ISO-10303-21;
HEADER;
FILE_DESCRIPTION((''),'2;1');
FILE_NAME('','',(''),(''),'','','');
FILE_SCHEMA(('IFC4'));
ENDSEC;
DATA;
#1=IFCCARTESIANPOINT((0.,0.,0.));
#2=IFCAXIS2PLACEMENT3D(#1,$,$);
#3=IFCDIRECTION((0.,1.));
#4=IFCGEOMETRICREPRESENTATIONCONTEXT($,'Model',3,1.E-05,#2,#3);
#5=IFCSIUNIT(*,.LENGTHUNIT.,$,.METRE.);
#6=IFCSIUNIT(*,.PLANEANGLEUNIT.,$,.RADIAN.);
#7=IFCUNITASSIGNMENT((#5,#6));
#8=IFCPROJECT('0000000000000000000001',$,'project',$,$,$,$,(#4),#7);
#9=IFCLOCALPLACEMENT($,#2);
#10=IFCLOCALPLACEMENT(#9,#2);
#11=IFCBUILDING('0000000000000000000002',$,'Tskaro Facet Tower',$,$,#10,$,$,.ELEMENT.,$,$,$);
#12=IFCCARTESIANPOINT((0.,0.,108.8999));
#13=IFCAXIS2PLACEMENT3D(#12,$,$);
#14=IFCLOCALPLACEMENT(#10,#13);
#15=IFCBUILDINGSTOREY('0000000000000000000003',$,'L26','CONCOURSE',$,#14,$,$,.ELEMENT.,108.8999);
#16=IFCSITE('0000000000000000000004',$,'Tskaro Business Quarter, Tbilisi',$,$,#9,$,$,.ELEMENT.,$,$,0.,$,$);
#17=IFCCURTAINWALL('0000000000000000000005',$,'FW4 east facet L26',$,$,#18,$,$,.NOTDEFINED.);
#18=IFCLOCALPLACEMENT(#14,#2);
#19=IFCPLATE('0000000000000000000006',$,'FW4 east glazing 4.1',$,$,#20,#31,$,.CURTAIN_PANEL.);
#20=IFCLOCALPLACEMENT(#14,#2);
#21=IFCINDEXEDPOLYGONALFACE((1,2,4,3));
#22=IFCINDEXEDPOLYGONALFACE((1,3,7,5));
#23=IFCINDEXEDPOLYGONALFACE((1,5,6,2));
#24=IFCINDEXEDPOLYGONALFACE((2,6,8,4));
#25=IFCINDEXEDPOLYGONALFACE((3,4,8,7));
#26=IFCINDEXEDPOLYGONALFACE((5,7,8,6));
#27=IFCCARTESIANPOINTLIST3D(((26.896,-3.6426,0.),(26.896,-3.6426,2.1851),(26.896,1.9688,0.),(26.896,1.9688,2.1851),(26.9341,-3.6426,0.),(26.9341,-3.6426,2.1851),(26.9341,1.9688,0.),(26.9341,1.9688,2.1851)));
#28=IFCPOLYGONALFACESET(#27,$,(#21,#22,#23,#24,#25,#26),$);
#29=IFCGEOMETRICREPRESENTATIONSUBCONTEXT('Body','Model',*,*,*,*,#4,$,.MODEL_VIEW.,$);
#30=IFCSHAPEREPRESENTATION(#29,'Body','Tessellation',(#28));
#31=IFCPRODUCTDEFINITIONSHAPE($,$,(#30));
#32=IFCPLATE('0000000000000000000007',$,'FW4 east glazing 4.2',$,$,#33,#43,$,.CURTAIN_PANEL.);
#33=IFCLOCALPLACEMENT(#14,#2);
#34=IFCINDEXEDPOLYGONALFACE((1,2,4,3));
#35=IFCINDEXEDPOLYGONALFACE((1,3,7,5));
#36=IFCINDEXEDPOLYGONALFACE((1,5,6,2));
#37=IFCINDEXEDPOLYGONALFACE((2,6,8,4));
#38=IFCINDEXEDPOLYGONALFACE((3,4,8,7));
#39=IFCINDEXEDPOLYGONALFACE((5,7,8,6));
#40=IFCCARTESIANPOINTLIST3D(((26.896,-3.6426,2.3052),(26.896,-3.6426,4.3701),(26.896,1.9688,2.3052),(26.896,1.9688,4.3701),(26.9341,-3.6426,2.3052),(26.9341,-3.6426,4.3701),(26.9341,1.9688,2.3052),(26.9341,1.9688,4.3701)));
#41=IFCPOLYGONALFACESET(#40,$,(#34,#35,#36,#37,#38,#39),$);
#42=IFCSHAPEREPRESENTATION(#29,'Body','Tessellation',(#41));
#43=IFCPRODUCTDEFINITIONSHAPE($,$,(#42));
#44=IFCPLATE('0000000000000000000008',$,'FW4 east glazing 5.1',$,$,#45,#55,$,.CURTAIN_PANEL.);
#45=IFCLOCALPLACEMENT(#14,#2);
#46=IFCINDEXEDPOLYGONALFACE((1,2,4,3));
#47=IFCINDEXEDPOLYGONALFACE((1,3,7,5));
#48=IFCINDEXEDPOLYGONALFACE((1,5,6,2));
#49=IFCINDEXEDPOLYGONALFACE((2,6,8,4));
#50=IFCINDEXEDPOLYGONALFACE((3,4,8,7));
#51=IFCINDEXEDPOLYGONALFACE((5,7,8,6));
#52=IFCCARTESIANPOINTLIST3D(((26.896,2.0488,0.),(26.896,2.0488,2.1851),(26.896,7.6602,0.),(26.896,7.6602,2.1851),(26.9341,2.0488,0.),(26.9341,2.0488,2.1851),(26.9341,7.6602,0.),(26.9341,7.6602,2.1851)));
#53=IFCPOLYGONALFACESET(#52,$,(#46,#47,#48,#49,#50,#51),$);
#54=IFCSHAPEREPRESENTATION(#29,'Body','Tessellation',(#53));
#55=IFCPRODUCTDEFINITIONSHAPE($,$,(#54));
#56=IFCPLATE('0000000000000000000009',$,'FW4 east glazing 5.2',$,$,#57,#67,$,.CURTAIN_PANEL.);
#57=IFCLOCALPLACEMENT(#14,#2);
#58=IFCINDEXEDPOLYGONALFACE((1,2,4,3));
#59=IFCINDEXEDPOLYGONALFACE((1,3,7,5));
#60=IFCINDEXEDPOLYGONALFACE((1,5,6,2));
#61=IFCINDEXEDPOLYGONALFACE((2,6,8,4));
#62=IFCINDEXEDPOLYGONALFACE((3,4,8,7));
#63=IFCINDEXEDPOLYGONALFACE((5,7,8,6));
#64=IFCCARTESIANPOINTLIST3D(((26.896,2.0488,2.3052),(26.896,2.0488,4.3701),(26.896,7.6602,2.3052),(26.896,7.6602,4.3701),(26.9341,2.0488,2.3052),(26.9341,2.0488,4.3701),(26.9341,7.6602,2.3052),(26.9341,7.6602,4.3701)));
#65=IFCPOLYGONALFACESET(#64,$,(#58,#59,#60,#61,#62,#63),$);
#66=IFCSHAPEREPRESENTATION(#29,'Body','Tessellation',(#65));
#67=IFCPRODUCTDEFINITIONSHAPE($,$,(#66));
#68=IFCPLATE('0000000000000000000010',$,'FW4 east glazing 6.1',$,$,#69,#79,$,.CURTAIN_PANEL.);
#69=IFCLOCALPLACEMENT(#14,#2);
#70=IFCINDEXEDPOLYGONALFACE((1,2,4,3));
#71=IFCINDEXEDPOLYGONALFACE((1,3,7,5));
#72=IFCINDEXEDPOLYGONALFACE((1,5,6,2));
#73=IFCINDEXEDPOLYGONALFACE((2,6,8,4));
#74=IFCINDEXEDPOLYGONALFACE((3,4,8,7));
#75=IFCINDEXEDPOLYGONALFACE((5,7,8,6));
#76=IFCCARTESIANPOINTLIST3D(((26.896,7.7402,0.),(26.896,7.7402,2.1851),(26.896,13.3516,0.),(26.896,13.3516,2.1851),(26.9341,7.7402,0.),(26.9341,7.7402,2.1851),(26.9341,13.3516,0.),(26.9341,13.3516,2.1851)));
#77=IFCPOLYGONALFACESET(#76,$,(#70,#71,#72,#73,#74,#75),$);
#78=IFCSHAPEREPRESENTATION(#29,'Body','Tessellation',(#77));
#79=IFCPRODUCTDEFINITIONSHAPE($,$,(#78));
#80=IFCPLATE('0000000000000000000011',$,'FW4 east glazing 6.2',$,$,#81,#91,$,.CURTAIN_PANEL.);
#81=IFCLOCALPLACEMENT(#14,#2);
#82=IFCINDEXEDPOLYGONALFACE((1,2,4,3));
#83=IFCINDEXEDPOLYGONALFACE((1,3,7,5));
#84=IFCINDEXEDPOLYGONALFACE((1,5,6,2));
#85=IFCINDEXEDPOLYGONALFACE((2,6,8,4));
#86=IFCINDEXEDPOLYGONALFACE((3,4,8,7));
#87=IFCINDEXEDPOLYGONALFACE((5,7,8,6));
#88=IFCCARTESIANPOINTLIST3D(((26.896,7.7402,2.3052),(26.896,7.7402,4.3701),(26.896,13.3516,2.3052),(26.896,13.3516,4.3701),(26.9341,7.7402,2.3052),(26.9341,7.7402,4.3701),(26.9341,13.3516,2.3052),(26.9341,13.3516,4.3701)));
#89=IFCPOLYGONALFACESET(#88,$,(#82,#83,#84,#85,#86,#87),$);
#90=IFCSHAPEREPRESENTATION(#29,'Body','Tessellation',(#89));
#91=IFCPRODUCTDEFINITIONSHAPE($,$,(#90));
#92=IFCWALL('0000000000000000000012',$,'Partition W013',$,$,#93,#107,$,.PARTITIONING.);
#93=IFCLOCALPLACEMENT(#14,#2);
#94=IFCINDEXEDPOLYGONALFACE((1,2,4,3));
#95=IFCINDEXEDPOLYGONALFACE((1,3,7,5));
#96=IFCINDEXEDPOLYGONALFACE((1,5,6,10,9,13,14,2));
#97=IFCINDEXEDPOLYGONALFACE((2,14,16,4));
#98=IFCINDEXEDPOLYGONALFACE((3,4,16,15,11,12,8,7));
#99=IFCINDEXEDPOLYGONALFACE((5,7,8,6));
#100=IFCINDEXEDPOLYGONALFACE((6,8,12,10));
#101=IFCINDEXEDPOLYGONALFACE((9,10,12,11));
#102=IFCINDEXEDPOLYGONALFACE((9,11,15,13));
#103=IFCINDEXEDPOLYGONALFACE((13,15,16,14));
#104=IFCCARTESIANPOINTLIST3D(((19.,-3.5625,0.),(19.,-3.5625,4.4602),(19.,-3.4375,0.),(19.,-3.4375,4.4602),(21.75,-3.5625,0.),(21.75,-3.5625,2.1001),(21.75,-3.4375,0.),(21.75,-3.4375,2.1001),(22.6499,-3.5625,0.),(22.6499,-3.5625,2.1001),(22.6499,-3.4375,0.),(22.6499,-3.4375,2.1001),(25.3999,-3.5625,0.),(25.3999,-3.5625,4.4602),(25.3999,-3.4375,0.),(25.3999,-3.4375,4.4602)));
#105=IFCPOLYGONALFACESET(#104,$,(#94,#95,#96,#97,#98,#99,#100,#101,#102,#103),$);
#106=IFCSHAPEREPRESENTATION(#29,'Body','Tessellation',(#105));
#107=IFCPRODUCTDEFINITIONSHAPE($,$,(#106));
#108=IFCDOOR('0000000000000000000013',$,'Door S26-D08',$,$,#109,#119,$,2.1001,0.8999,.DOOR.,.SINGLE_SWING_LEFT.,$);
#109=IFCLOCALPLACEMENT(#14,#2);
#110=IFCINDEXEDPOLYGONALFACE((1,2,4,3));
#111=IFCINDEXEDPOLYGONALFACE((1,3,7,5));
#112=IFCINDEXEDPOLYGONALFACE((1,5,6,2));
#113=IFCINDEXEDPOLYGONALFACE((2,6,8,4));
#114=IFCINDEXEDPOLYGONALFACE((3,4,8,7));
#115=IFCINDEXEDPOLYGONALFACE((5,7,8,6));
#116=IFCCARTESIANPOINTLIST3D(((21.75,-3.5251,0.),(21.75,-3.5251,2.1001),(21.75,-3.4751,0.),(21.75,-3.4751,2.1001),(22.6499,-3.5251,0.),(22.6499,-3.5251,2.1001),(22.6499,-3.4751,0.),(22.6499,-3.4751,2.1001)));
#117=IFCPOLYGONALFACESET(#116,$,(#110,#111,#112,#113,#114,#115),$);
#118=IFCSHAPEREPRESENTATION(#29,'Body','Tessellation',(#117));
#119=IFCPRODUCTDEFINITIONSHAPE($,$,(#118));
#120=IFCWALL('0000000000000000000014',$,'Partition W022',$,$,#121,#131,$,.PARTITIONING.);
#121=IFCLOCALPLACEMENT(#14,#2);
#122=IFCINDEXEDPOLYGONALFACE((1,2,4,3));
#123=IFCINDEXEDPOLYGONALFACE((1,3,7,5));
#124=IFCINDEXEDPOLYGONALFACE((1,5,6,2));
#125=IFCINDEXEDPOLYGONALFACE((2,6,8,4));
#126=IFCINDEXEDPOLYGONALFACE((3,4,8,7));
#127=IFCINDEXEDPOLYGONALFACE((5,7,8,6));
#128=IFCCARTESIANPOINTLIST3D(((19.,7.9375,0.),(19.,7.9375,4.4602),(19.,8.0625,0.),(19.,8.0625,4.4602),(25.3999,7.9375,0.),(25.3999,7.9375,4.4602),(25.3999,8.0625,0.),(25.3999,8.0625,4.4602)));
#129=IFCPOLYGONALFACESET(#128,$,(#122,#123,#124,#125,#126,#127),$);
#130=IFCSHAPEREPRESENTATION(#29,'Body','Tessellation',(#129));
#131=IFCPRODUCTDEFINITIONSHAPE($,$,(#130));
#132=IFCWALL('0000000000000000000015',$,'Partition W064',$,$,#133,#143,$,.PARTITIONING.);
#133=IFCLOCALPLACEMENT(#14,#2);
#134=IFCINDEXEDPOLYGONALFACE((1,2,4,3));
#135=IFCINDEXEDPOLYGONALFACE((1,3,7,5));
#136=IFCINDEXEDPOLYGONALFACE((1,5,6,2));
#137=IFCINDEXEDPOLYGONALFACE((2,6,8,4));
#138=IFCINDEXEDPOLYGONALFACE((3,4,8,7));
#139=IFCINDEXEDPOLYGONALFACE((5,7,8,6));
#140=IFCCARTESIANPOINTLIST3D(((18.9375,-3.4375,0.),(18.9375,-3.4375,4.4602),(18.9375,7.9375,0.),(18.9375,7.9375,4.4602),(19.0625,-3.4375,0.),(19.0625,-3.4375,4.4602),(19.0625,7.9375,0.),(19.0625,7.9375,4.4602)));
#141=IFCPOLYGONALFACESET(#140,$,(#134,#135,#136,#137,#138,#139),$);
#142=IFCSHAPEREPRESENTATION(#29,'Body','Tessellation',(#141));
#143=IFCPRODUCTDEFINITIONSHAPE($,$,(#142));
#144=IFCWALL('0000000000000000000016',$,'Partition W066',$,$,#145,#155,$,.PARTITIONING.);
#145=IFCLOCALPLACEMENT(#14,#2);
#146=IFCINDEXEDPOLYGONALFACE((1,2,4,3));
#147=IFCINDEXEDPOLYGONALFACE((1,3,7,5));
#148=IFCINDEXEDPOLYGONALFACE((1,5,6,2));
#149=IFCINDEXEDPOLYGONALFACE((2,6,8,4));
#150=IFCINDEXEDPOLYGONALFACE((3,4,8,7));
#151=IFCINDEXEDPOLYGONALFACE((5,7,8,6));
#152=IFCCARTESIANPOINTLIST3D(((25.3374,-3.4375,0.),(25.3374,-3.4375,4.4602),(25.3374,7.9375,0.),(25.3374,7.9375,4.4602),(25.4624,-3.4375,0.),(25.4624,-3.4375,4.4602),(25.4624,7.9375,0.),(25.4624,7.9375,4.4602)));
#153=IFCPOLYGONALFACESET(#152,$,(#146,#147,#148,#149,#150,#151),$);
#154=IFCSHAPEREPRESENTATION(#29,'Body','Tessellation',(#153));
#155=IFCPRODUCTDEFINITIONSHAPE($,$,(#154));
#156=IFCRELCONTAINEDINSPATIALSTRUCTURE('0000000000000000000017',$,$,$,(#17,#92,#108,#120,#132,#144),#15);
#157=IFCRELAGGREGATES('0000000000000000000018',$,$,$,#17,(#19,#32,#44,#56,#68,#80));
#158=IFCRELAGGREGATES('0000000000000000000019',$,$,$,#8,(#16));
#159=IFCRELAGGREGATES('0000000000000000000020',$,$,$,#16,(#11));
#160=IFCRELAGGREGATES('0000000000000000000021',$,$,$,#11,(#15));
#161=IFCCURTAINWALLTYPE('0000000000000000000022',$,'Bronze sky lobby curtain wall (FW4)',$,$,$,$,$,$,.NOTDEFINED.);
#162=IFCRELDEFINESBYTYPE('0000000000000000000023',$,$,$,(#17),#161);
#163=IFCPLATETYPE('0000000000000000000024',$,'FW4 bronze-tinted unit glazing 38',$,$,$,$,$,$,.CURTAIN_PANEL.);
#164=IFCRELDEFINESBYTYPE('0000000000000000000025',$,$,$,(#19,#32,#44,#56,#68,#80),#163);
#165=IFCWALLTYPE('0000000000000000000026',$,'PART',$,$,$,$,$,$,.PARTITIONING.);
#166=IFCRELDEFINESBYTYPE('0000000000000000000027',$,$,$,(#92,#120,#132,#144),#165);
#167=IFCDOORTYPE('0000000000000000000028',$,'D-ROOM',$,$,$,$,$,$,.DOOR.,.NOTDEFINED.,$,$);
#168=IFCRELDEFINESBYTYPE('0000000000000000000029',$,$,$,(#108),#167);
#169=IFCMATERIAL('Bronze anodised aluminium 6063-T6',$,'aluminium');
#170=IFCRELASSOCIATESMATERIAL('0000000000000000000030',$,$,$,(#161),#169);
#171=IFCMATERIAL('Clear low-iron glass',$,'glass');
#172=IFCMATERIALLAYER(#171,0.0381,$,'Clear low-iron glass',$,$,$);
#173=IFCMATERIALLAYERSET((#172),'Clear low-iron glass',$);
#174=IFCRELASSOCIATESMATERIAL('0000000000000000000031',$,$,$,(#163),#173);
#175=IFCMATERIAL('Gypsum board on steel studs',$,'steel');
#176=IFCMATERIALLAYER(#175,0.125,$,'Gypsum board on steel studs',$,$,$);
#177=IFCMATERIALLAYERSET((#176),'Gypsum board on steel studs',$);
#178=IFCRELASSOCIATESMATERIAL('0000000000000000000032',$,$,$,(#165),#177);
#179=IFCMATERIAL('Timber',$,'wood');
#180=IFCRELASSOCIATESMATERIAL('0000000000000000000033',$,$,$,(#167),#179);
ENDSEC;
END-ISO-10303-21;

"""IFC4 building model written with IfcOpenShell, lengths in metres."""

from ifc_helpers import new_model, si_unit, direction, frame, frame_2d, origin, origin_2d, place, context, subcontext, project, spatial, rectangle, extrude, material, layer, layer_set, type_object, element, fill, aggregate, save


model = new_model("IFC4")

# Units and contexts
model_context = context("Model", 3, precision=1e-05, world=origin(), true_north=direction((0.0, 1.0)))
body_context = subcontext(model_context, "Body", "Model", "MODEL_VIEW")
ifc_project = project(units=[si_unit("LENGTHUNIT", "METRE"), si_unit("PLANEANGLEUNIT", "RADIAN")], contexts=[model_context])

# Site, building, storey
site_placement = place(None, origin())
site = spatial("IfcSite", under=ifc_project, at=site_placement, Name="Tskaro Business Quarter, Tbilisi", CompositionType="ELEMENT", RefElevation=0.0)
building_placement = place(site_placement, origin())
building = spatial("IfcBuilding", under=site, at=building_placement, Name="Tskaro Facet Tower", CompositionType="ELEMENT")
storey_placement = place(building_placement, frame((0.0, 0.0, 108.8999)))
storey = spatial("IfcBuildingStorey", under=building, at=storey_placement, Name="L26", Description="CONCOURSE", CompositionType="ELEMENT", Elevation=108.8999)

# Curtain wall
ifc_material_1 = material(Name="Bronze anodised aluminium 6063-T6", Category="aluminium")
curtain_wall_type = type_object("IfcCurtainWallType", Name="Bronze sky lobby curtain wall (FW4)", PredefinedType="NOTDEFINED", material=ifc_material_1)
curtain_wall_placement = place(storey_placement, origin())
curtain_wall = element("IfcCurtainWall", 1, at=curtain_wall_placement, inside=storey, type_object=curtain_wall_type, Name="FW4 east facet L26", PredefinedType="NOTDEFINED")

# Plates
ifc_material_2 = material(Name="Clear low-iron glass", Category="glass")
ifc_layer_1 = layer(ifc_material_2, 0.0381, Name="Clear low-iron glass")
ifc_layer_set_1 = layer_set([ifc_layer_1], Name="Clear low-iron glass")
plate_type = type_object("IfcPlateType", Name="FW4 bronze-tinted unit glazing 38", PredefinedType="CURTAIN_PANEL", material=ifc_layer_set_1)
plate_1_placement = place(storey_placement, frame((26.915, -0.8369, 0.0), z_axis=(0.0, 0.0, 1.0), x_axis=(0.0, 1.0, 0.0)))
plate_1 = element("IfcPlate", 2, at=plate_1_placement, type_object=plate_type, Name="FW4 east glazing 4.1", PredefinedType="CURTAIN_PANEL", context=body_context, shape_type="SweptSolid", body=[
    extrude(rectangle(XDim=5.6113, YDim=0.0381, at=origin_2d()), origin(), (0.0, 0.0, 1.0), 2.1851),
])
plate_2_placement = place(storey_placement, frame((26.915, -0.8369, 2.3052), z_axis=(0.0, 0.0, 1.0), x_axis=(0.0, 1.0, 0.0)))
plate_2 = element("IfcPlate", 3, at=plate_2_placement, type_object=plate_type, Name="FW4 east glazing 4.2", PredefinedType="CURTAIN_PANEL", context=body_context, shape_type="SweptSolid", body=[
    extrude(rectangle(XDim=5.6113, YDim=0.0381, at=origin_2d()), origin(), (0.0, 0.0, 1.0), 2.0649),
])
plate_3_placement = place(storey_placement, frame((26.915, 4.8545, 0.0), z_axis=(0.0, 0.0, 1.0), x_axis=(0.0, 1.0, 0.0)))
plate_3 = element("IfcPlate", 4, at=plate_3_placement, type_object=plate_type, Name="FW4 east glazing 5.1", PredefinedType="CURTAIN_PANEL", context=body_context, shape_type="SweptSolid", body=[
    extrude(rectangle(XDim=5.6113, YDim=0.0381, at=origin_2d()), origin(), (0.0, 0.0, 1.0), 2.1851),
])
plate_4_placement = place(storey_placement, frame((26.915, 4.8545, 2.3052), z_axis=(0.0, 0.0, 1.0), x_axis=(0.0, 1.0, 0.0)))
plate_4 = element("IfcPlate", 5, at=plate_4_placement, type_object=plate_type, Name="FW4 east glazing 5.2", PredefinedType="CURTAIN_PANEL", context=body_context, shape_type="SweptSolid", body=[
    extrude(rectangle(XDim=5.6113, YDim=0.0381, at=origin_2d()), origin(), (0.0, 0.0, 1.0), 2.0649),
])
plate_5_placement = place(storey_placement, frame((26.915, 10.5459, 0.0), z_axis=(0.0, 0.0, 1.0), x_axis=(0.0, 1.0, 0.0)))
plate_5 = element("IfcPlate", 6, at=plate_5_placement, type_object=plate_type, Name="FW4 east glazing 6.1", PredefinedType="CURTAIN_PANEL", context=body_context, shape_type="SweptSolid", body=[
    extrude(rectangle(XDim=5.6113, YDim=0.0381, at=origin_2d()), origin(), (0.0, 0.0, 1.0), 2.1851),
])
plate_6_placement = place(storey_placement, frame((26.915, 10.5459, 2.3052), z_axis=(0.0, 0.0, 1.0), x_axis=(0.0, 1.0, 0.0)))
plate_6 = element("IfcPlate", 7, at=plate_6_placement, type_object=plate_type, Name="FW4 east glazing 6.2", PredefinedType="CURTAIN_PANEL", context=body_context, shape_type="SweptSolid", body=[
    extrude(rectangle(XDim=5.6113, YDim=0.0381, at=origin_2d()), origin(), (0.0, 0.0, 1.0), 2.0649),
])
aggregate(curtain_wall, [plate_1, plate_2, plate_3, plate_4, plate_5, plate_6])

# Wall, opening, door
ifc_material_3 = material(Name="Gypsum board on steel studs", Category="steel")
ifc_layer_2 = layer(ifc_material_3, 0.125, Name="Gypsum board on steel studs")
ifc_layer_set_2 = layer_set([ifc_layer_2], Name="Gypsum board on steel studs")
wall_type = type_object("IfcWallType", Name="PART", PredefinedType="PARTITIONING", material=ifc_layer_set_2)
wall_1_placement = place(storey_placement, frame((19.0, -3.5, 0.0), z_axis=(0.0, 0.0, 1.0), x_axis=(1.0, 0.0, 0.0)))
wall_1 = element("IfcWall", 8, at=wall_1_placement, inside=storey, type_object=wall_type, Name="Partition W013", PredefinedType="PARTITIONING", context=body_context, shape_type="SweptSolid", body=[
    extrude(rectangle(XDim=6.3999, YDim=0.125, at=frame_2d((3.2, 0.0))), origin(), (0.0, 0.0, 1.0), 4.4602),
])
opening_placement = place(wall_1_placement, frame((2.75, 0.0, 0.0)))
opening = element("IfcOpeningElement", 9, at=opening_placement, cuts=wall_1, PredefinedType="OPENING", context=body_context, shape_type="SweptSolid", body=[
    extrude(rectangle(XDim=0.8999, YDim=2.1001, at=frame_2d((0.45, 1.05))), frame((0.0, 0.0725, 0.0), z_axis=(0.0, -1.0, 0.0), x_axis=(1.0, 0.0, 0.0)), (0.0, 0.0, 1.0), 0.145),
])
ifc_material_4 = material(Name="Timber", Category="wood")
door_type = type_object("IfcDoorType", Name="D-ROOM", OperationType="NOTDEFINED", PredefinedType="DOOR", material=ifc_material_4)
door_placement = place(opening_placement, origin())
door = element("IfcDoor", 10, at=door_placement, inside=storey, type_object=door_type, Name="Door S26-D08", OperationType="SINGLE_SWING_LEFT", OverallHeight=2.1001, OverallWidth=0.8999, PredefinedType="DOOR", context=body_context, shape_type="SweptSolid", body=[
    extrude(rectangle(XDim=0.8999, YDim=2.1001, at=frame_2d((0.45, 1.05))), frame((0.0, 0.0249, 0.0), z_axis=(0.0, -1.0, 0.0), x_axis=(1.0, 0.0, 0.0)), (0.0, 0.0, 1.0), 0.05),
])
fill(opening, door)

# Walls
wall_2_placement = place(storey_placement, frame((19.0, 8.0, 0.0), z_axis=(0.0, 0.0, 1.0), x_axis=(1.0, 0.0, 0.0)))
element("IfcWall", 11, at=wall_2_placement, inside=storey, type_object=wall_type, Name="Partition W022", PredefinedType="PARTITIONING", context=body_context, shape_type="SweptSolid", body=[
    extrude(rectangle(XDim=6.3999, YDim=0.125, at=frame_2d((3.2, 0.0))), origin(), (0.0, 0.0, 1.0), 4.4602),
])
for number, where, z_axis, x_axis, name in (
    (12, (19.0, -3.4375, 0.0), (0.0, 0.0, 1.0), (0.0, 1.0, 0.0), "Partition W064"),
    (13, (25.3999, -3.4375, 0.0), (0.0, 0.0, 1.0), (0.0, 1.0, 0.0), "Partition W066"),
):
    element("IfcWall", number, at=place(storey_placement, frame(where, z_axis=z_axis, x_axis=x_axis)), inside=storey, type_object=wall_type, Name=name, PredefinedType="PARTITIONING", context=body_context, shape_type="SweptSolid", body=[
        extrude(rectangle(XDim=11.375, YDim=0.125, at=frame_2d((5.6875, 0.0))), origin(), (0.0, 0.0, 1.0), 4.4602),
    ])

save(model, "model.ifc")
